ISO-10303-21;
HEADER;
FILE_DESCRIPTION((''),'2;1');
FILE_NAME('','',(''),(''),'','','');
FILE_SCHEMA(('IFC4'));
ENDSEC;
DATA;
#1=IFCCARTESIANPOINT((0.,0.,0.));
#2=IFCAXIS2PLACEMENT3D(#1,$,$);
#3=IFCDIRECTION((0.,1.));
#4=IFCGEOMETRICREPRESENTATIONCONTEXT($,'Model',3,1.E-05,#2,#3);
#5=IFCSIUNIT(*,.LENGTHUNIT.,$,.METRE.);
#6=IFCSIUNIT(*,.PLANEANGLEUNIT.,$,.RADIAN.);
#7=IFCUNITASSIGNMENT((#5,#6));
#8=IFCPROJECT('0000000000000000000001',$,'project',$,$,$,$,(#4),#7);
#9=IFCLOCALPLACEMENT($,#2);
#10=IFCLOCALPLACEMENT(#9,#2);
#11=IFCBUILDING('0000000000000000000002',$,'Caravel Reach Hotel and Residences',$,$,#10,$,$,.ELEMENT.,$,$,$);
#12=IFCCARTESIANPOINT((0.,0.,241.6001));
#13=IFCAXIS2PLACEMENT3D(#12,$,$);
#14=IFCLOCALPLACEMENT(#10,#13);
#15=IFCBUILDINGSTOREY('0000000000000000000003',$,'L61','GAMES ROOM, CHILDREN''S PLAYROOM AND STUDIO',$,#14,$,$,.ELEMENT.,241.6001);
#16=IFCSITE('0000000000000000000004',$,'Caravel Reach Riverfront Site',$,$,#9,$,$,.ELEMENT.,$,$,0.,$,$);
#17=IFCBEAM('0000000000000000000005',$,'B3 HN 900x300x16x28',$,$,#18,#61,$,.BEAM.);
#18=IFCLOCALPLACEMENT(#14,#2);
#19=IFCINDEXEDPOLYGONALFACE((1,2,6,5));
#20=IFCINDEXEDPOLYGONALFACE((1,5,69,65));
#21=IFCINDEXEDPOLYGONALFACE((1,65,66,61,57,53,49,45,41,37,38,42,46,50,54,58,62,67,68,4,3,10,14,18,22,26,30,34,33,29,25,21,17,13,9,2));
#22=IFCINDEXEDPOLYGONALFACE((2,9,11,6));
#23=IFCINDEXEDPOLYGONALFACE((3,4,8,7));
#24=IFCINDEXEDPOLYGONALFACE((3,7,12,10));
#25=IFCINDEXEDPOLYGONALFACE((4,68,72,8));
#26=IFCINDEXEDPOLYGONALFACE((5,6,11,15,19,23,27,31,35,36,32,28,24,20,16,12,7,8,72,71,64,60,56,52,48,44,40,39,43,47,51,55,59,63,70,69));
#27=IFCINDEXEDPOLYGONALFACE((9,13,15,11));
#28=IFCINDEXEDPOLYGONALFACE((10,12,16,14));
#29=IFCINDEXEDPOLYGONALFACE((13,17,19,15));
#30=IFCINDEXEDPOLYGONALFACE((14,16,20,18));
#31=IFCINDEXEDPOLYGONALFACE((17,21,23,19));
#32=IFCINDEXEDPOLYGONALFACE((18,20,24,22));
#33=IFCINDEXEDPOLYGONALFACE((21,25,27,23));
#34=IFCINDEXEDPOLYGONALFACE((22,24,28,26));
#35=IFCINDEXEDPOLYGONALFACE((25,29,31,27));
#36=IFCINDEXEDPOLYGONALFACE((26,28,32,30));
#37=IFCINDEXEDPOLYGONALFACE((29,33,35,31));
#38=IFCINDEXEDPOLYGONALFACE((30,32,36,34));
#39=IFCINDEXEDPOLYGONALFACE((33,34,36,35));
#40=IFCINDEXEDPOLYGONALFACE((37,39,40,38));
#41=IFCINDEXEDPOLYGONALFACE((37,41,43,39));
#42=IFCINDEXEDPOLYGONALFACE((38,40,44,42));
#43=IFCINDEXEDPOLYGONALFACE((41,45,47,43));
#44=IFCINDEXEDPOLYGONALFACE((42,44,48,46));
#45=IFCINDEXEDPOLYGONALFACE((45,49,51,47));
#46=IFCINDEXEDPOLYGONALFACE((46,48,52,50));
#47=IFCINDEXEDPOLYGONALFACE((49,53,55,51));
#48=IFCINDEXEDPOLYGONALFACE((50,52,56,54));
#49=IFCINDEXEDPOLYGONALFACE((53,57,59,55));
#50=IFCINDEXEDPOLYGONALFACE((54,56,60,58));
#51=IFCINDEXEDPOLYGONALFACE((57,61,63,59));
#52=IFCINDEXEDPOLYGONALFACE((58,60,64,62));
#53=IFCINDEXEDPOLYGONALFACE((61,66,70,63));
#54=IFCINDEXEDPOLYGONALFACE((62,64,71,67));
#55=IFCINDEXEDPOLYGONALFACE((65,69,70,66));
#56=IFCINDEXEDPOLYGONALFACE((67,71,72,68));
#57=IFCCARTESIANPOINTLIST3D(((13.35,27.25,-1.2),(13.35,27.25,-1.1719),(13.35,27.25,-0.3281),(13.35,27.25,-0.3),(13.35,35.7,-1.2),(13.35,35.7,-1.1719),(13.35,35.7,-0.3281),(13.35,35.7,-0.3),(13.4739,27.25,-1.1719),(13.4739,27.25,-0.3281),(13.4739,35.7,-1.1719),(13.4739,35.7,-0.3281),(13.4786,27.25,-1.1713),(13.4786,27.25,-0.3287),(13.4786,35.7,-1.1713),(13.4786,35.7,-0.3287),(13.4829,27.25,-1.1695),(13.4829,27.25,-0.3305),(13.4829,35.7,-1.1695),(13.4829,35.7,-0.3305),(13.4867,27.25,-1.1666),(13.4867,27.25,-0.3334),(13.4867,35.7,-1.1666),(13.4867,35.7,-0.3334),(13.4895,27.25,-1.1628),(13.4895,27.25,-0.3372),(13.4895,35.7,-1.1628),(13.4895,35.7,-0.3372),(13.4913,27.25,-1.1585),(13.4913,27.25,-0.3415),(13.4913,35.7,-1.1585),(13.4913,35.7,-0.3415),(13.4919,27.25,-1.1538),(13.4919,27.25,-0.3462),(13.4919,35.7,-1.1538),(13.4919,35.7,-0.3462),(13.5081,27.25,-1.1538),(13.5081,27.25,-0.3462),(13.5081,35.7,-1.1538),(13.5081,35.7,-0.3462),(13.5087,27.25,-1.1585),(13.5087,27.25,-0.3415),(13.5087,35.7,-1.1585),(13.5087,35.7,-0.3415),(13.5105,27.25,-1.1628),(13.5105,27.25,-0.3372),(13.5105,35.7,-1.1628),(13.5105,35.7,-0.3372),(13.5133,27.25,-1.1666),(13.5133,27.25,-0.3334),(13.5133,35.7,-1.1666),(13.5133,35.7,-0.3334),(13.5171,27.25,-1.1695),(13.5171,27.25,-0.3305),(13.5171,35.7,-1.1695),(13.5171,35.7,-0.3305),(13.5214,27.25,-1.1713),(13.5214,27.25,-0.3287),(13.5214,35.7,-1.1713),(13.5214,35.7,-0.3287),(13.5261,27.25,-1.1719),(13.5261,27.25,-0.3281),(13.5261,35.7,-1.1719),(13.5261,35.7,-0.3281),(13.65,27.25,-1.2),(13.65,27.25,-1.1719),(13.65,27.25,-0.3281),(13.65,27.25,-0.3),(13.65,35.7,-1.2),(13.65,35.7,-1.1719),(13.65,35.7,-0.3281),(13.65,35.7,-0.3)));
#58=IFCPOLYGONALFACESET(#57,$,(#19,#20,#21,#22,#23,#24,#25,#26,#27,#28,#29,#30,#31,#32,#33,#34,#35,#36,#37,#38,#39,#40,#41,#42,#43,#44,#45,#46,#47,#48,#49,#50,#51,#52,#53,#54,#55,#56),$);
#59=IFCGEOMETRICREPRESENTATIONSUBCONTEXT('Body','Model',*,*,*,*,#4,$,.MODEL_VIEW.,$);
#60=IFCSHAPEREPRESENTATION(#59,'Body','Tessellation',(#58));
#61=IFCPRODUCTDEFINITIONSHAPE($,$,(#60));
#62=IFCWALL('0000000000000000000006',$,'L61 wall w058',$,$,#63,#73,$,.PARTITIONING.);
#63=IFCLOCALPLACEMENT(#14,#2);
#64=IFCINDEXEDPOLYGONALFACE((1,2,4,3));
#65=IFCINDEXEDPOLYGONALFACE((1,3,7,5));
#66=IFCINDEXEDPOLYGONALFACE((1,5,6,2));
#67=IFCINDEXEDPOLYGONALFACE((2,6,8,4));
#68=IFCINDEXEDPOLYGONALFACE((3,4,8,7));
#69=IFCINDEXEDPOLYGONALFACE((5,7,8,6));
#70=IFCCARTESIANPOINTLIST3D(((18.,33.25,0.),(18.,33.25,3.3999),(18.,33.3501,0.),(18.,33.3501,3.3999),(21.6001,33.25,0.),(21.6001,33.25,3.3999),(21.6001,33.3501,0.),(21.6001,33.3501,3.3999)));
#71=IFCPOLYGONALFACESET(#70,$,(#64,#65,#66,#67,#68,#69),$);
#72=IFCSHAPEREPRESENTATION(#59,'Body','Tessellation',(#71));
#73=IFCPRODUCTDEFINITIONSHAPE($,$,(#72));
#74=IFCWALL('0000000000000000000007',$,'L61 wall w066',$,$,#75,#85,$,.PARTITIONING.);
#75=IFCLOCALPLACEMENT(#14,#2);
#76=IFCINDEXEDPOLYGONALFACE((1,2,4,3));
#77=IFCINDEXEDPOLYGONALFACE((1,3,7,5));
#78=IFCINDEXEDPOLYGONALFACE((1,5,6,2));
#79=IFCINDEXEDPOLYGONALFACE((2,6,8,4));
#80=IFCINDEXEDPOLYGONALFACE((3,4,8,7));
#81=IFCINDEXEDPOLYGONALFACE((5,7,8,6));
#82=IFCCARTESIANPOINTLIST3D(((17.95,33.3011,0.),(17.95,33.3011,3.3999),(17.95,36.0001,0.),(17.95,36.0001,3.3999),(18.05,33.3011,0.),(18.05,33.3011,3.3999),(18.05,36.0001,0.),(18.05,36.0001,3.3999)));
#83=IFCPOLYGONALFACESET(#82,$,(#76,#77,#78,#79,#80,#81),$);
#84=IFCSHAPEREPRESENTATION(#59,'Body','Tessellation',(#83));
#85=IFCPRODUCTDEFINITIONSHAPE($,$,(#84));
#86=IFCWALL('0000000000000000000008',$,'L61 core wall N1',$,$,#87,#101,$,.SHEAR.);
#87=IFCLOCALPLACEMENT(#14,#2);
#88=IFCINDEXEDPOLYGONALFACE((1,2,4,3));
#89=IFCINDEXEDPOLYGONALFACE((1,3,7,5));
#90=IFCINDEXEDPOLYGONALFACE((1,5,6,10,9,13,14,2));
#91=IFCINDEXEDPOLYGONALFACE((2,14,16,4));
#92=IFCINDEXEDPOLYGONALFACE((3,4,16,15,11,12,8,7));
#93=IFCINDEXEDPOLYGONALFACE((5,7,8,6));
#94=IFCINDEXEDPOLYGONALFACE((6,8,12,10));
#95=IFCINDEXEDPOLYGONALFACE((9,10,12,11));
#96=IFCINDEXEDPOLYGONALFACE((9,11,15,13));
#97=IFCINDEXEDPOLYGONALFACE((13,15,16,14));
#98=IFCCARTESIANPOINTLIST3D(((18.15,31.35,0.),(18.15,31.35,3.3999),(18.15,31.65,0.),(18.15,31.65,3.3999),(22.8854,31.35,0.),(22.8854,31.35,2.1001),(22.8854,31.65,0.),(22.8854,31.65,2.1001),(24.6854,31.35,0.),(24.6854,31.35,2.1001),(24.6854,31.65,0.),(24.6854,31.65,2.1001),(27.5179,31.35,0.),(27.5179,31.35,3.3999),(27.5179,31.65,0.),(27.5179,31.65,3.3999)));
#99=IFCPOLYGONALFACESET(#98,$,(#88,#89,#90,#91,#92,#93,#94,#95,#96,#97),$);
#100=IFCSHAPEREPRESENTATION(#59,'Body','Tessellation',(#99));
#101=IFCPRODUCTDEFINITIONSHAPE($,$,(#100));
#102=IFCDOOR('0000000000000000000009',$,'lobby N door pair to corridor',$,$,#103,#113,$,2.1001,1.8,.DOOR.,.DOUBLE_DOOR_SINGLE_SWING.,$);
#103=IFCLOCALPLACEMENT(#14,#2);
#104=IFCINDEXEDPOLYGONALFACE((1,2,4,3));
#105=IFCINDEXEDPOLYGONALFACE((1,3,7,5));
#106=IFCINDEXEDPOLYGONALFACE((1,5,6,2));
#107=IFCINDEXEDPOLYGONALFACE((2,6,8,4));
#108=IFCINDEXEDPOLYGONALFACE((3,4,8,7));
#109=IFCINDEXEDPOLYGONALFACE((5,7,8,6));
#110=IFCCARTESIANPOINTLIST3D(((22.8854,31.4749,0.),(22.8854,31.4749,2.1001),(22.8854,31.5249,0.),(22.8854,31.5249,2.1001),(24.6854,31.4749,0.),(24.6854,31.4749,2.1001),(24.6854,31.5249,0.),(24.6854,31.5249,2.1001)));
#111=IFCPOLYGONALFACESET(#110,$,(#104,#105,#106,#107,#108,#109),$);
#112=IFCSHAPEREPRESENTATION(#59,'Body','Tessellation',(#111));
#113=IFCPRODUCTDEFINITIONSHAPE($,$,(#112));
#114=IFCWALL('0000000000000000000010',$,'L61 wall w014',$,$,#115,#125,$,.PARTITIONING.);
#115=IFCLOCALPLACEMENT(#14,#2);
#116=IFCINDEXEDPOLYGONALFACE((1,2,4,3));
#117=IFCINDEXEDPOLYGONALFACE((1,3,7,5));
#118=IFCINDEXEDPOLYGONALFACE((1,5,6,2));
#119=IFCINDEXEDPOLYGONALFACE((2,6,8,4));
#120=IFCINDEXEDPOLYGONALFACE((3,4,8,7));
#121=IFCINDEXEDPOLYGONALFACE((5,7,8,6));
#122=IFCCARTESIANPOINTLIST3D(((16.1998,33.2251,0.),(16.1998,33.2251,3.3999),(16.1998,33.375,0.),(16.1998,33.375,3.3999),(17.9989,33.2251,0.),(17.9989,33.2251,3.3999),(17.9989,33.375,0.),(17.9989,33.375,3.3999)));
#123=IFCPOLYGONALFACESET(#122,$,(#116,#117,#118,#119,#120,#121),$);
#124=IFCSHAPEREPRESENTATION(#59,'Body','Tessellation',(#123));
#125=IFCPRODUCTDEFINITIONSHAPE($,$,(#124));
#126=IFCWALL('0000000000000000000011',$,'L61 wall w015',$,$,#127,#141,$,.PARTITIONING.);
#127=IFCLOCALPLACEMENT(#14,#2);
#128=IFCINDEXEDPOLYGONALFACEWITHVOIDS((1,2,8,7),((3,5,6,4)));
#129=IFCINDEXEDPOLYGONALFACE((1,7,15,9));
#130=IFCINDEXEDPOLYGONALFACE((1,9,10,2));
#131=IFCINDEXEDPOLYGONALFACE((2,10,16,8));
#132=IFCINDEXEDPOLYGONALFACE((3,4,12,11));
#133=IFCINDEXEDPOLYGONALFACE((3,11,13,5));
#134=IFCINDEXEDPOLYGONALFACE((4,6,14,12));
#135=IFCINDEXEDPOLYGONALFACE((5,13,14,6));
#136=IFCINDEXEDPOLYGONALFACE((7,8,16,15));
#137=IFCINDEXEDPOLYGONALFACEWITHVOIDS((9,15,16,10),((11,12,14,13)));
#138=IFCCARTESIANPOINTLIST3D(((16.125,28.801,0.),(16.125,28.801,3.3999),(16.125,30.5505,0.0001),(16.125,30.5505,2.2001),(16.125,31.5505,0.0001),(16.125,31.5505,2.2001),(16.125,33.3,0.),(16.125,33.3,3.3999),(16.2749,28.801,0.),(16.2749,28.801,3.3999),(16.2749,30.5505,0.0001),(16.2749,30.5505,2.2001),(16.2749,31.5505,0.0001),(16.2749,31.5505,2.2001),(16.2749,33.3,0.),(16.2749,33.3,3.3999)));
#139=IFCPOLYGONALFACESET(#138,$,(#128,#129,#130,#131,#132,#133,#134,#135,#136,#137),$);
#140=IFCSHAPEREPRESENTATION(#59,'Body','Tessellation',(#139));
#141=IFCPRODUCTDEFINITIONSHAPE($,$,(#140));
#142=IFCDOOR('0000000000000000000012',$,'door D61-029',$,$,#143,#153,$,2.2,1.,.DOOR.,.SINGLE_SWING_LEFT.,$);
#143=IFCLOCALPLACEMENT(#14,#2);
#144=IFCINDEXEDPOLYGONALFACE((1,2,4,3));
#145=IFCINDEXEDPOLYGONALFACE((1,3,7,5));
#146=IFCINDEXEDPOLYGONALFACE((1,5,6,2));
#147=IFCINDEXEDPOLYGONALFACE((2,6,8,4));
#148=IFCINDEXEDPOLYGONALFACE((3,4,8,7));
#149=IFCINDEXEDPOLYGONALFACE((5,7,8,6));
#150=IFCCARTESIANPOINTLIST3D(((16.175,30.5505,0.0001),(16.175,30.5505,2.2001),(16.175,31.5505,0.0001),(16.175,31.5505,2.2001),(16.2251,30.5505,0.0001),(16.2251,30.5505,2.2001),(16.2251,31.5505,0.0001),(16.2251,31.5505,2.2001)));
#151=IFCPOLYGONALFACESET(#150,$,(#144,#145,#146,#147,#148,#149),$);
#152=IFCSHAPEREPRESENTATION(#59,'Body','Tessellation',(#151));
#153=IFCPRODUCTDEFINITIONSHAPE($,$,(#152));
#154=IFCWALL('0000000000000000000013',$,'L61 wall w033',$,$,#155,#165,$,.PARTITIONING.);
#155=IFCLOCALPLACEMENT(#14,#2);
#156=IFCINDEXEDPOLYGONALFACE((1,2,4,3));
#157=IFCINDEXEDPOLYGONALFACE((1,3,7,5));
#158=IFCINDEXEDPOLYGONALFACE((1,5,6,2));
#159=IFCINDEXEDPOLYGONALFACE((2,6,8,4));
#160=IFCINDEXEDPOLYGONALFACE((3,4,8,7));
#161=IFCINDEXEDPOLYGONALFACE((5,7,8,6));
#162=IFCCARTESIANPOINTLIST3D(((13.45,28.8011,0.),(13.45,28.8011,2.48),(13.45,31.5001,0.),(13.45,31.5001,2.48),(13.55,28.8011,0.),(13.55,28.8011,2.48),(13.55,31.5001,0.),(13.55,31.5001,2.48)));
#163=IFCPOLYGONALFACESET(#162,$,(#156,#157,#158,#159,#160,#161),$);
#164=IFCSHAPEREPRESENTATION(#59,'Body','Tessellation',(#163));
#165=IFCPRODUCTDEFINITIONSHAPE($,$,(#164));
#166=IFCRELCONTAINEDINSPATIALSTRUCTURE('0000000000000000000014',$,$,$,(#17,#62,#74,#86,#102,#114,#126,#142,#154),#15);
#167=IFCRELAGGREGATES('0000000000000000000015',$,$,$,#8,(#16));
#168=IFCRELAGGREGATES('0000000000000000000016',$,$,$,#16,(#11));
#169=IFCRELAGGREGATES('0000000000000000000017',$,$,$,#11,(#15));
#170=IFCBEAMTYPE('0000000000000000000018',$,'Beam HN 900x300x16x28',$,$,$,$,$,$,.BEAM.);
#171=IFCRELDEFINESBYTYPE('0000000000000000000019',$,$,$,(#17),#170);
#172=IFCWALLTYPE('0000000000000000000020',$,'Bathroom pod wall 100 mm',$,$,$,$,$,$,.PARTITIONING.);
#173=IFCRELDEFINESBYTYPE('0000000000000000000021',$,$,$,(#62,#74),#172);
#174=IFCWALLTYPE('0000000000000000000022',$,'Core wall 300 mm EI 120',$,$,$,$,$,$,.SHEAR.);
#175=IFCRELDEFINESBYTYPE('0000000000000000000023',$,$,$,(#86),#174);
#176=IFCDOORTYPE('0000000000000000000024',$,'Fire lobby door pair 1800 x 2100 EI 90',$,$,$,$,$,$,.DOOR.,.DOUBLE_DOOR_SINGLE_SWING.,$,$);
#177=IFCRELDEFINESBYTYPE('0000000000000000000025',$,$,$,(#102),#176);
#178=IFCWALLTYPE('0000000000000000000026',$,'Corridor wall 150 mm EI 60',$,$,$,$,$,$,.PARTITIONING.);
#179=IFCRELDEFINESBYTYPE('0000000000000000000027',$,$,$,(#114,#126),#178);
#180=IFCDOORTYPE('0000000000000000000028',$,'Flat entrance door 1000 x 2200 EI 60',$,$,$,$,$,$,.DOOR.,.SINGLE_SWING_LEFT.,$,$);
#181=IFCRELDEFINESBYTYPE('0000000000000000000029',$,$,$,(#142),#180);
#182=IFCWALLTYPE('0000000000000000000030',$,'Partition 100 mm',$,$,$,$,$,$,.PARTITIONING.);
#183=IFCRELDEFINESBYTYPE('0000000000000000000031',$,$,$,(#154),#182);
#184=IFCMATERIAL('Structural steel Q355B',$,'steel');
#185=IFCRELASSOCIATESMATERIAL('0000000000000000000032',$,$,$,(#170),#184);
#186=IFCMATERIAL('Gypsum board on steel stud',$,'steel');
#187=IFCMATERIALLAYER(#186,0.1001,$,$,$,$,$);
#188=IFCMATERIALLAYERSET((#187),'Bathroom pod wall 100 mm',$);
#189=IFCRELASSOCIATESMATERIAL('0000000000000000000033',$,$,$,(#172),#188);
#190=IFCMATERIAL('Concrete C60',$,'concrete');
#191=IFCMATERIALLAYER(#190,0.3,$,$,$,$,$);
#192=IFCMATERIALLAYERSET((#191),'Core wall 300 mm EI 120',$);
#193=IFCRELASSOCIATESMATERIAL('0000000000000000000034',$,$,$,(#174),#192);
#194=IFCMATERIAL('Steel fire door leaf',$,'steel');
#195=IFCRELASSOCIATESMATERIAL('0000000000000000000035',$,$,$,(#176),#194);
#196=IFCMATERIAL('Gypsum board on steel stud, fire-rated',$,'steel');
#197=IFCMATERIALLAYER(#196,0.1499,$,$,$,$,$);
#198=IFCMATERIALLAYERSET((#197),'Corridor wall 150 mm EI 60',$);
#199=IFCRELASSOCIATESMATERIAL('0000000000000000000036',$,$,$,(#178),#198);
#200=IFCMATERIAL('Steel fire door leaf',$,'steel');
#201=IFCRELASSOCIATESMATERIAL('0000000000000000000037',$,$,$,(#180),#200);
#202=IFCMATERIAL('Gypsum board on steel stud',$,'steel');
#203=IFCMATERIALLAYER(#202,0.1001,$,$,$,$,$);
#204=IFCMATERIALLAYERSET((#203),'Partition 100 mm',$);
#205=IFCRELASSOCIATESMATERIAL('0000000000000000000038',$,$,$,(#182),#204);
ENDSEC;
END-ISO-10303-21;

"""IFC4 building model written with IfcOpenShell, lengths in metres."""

from ifc_helpers import new_model, si_unit, direction, frame, frame_2d, origin, origin_2d, place, context, subcontext, project, spatial, rectangle, i_section, extrude, material, layer, layer_set, material_profile, profile_set, type_object, element, fill, save


model = new_model("IFC4")

# Units and contexts
model_context = context("Model", 3, precision=1e-05, world=origin(), true_north=direction((0.0, 1.0)))
body_context = subcontext(model_context, "Body", "Model", "MODEL_VIEW")
ifc_project = project(units=[si_unit("LENGTHUNIT", "METRE"), si_unit("PLANEANGLEUNIT", "RADIAN")], contexts=[model_context])

# Site, building, storey
site_placement = place(None, origin())
site = spatial("IfcSite", under=ifc_project, at=site_placement, Name="Caravel Reach Riverfront Site", CompositionType="ELEMENT", RefElevation=0.0)
building_placement = place(site_placement, origin())
building = spatial("IfcBuilding", under=site, at=building_placement, Name="Caravel Reach Hotel and Residences", CompositionType="ELEMENT")
storey_placement = place(building_placement, frame((0.0, 0.0, 241.6001)))
storey = spatial("IfcBuildingStorey", under=building, at=storey_placement, Name="L61", Description="GAMES ROOM, CHILDREN'S PLAYROOM AND STUDIO", CompositionType="ELEMENT", Elevation=241.6001)

# Beam
ifc_material_1 = material(Name="Structural steel Q355B", Category="steel")
ifc_material_profile_1 = material_profile(ifc_material_1, i_section(OverallWidth=0.3, OverallDepth=0.8999, WebThickness=0.0161, FlangeThickness=0.0281, FilletRadius=0.0181, at=origin_2d()), Name="HN 900x300x16x28")
ifc_profile_set_1 = profile_set([ifc_material_profile_1], Name="Structural steel Q355B")
beam_type_1 = type_object("IfcBeamType", Name="Beam HN 900x300x16x28", PredefinedType="BEAM", material=ifc_profile_set_1)
beam_1_placement = place(storey_placement, frame((13.5, 27.25, -0.75), z_axis=(0.0, 1.0, 0.0), x_axis=(-1.0, 0.0, 0.0)))
element("IfcBeam", 1, at=beam_1_placement, inside=storey, type_object=beam_type_1, Name="B3 HN 900x300x16x28", PredefinedType="BEAM", context=body_context, shape_type="SweptSolid", body=[
    extrude(i_section(OverallWidth=0.3, OverallDepth=0.8999, WebThickness=0.0161, FlangeThickness=0.0281, FilletRadius=0.0181, at=origin_2d()), origin(), (0.0, 0.0, 1.0), 8.45),
])

# Walls
ifc_material_2 = material(Name="Gypsum board on steel stud", Category="steel")
ifc_layer_1 = layer(ifc_material_2, 0.1001)
ifc_layer_set_1 = layer_set([ifc_layer_1], Name="Bathroom pod wall 100 mm")
wall_type_1 = type_object("IfcWallType", Name="Bathroom pod wall 100 mm", PredefinedType="PARTITIONING", material=ifc_layer_set_1)
wall_1_placement = place(storey_placement, frame((18.0, 33.3, 0.0), z_axis=(0.0, 0.0, 1.0), x_axis=(1.0, 0.0, 0.0)))
element("IfcWall", 2, at=wall_1_placement, inside=storey, type_object=wall_type_1, Name="L61 wall w058", PredefinedType="PARTITIONING", context=body_context, shape_type="SweptSolid", body=[
    extrude(rectangle(XDim=3.6001, YDim=0.1001, at=frame_2d((1.8, 0.0))), origin(), (0.0, 0.0, 1.0), 3.3999),
])
wall_2_placement = place(storey_placement, frame((18.0, 33.301, 0.0), z_axis=(0.0, 0.0, 1.0), x_axis=(0.0, 1.0, 0.0)))
element("IfcWall", 3, at=wall_2_placement, inside=storey, type_object=wall_type_1, Name="L61 wall w066", PredefinedType="PARTITIONING", context=body_context, shape_type="SweptSolid", body=[
    extrude(rectangle(XDim=2.699, YDim=0.1001, at=frame_2d((1.3496, 0.0))), origin(), (0.0, 0.0, 1.0), 3.3999),
])

# Wall, opening, door
ifc_material_3 = material(Name="Concrete C60", Category="concrete")
ifc_layer_2 = layer(ifc_material_3, 0.3)
ifc_layer_set_2 = layer_set([ifc_layer_2], Name="Core wall 300 mm EI 120")
wall_type_2 = type_object("IfcWallType", Name="Core wall 300 mm EI 120", PredefinedType="SHEAR", material=ifc_layer_set_2)
wall_3_placement = place(storey_placement, frame((18.1499, 31.5, 0.0), z_axis=(0.0, 0.0, 1.0), x_axis=(1.0, 0.0, 0.0)))
wall_3 = element("IfcWall", 4, at=wall_3_placement, inside=storey, type_object=wall_type_2, Name="L61 core wall N1", PredefinedType="SHEAR", context=body_context, shape_type="SweptSolid", body=[
    extrude(rectangle(XDim=9.3679, YDim=0.3, at=frame_2d((4.6841, 0.0))), origin(), (0.0, 0.0, 1.0), 3.3999),
])
opening_1_placement = place(wall_3_placement, frame((4.7356, 0.0, 0.0)))
opening_1 = element("IfcOpeningElement", 5, at=opening_1_placement, cuts=wall_3, PredefinedType="OPENING", context=body_context, shape_type="SweptSolid", body=[
    extrude(rectangle(XDim=1.8, YDim=2.1001, at=frame_2d((0.8999, 1.05))), frame((0.0, 0.1599, 0.0), z_axis=(0.0, -1.0, 0.0), x_axis=(1.0, 0.0, 0.0)), (0.0, 0.0, 1.0), 0.3201),
])
ifc_material_4 = material(Name="Steel fire door leaf", Category="steel")
door_type_1 = type_object("IfcDoorType", Name="Fire lobby door pair 1800 x 2100 EI 90", OperationType="DOUBLE_DOOR_SINGLE_SWING", PredefinedType="DOOR", material=ifc_material_4)
door_1_placement = place(opening_1_placement, origin())
door_1 = element("IfcDoor", 6, at=door_1_placement, inside=storey, type_object=door_type_1, Name="lobby N door pair to corridor", OperationType="DOUBLE_DOOR_SINGLE_SWING", OverallHeight=2.1001, OverallWidth=1.8, PredefinedType="DOOR", context=body_context, shape_type="SweptSolid", body=[
    extrude(rectangle(XDim=1.8, YDim=2.1001, at=frame_2d((0.8999, 1.05))), frame((0.0, 0.0249, 0.0), z_axis=(0.0, -1.0, 0.0), x_axis=(1.0, 0.0, 0.0)), (0.0, 0.0, 1.0), 0.05),
])
fill(opening_1, door_1)

# Wall
ifc_material_5 = material(Name="Gypsum board on steel stud, fire-rated", Category="steel")
ifc_layer_3 = layer(ifc_material_5, 0.1499)
ifc_layer_set_3 = layer_set([ifc_layer_3], Name="Corridor wall 150 mm EI 60")
wall_type_3 = type_object("IfcWallType", Name="Corridor wall 150 mm EI 60", PredefinedType="PARTITIONING", material=ifc_layer_set_3)
wall_4_placement = place(storey_placement, frame((16.2, 33.3, 0.0), z_axis=(0.0, 0.0, 1.0), x_axis=(1.0, 0.0, 0.0)))
element("IfcWall", 7, at=wall_4_placement, inside=storey, type_object=wall_type_3, Name="L61 wall w014", PredefinedType="PARTITIONING", context=body_context, shape_type="SweptSolid", body=[
    extrude(rectangle(XDim=1.7991, YDim=0.1499, at=frame_2d((0.8994, 0.0))), origin(), (0.0, 0.0, 1.0), 3.3999),
])

# Wall, opening, door
wall_5_placement = place(storey_placement, frame((16.2, 28.801, 0.0), z_axis=(0.0, 0.0, 1.0), x_axis=(0.0, 1.0, 0.0)))
wall_5 = element("IfcWall", 8, at=wall_5_placement, inside=storey, type_object=wall_type_3, Name="L61 wall w015", PredefinedType="PARTITIONING", context=body_context, shape_type="SweptSolid", body=[
    extrude(rectangle(XDim=4.499, YDim=0.1499, at=frame_2d((2.2495, 0.0))), origin(), (0.0, 0.0, 1.0), 3.3999),
])
opening_2_placement = place(wall_5_placement, frame((1.7495, 0.0, 0.0)))
opening_2 = element("IfcOpeningElement", 9, at=opening_2_placement, cuts=wall_5, PredefinedType="OPENING", context=body_context, shape_type="SweptSolid", body=[
    extrude(rectangle(XDim=1.0, YDim=2.2, at=frame_2d((0.5, 1.1001))), frame((0.0, 0.085, 0.0), z_axis=(0.0, -1.0, 0.0), x_axis=(1.0, 0.0, 0.0)), (0.0, 0.0, 1.0), 0.1699),
])
ifc_material_6 = material(Name="Steel fire door leaf", Category="steel")
door_type_2 = type_object("IfcDoorType", Name="Flat entrance door 1000 x 2200 EI 60", OperationType="SINGLE_SWING_LEFT", PredefinedType="DOOR", material=ifc_material_6)
door_2_placement = place(opening_2_placement, origin())
door_2 = element("IfcDoor", 10, at=door_2_placement, inside=storey, type_object=door_type_2, Name="door D61-029", OperationType="SINGLE_SWING_LEFT", OverallHeight=2.2, OverallWidth=1.0, PredefinedType="DOOR", context=body_context, shape_type="SweptSolid", body=[
    extrude(rectangle(XDim=1.0, YDim=2.2, at=frame_2d((0.5, 1.1001))), frame((0.0, 0.0249, 0.0), z_axis=(0.0, -1.0, 0.0), x_axis=(1.0, 0.0, 0.0)), (0.0, 0.0, 1.0), 0.05),
])
fill(opening_2, door_2)

# Wall
ifc_material_7 = material(Name="Gypsum board on steel stud", Category="steel")
ifc_layer_4 = layer(ifc_material_7, 0.1001)
ifc_layer_set_4 = layer_set([ifc_layer_4], Name="Partition 100 mm")
wall_type_4 = type_object("IfcWallType", Name="Partition 100 mm", PredefinedType="PARTITIONING", material=ifc_layer_set_4)
wall_6_placement = place(storey_placement, frame((13.5, 28.801, 0.0), z_axis=(0.0, 0.0, 1.0), x_axis=(0.0, 1.0, 0.0)))
element("IfcWall", 11, at=wall_6_placement, inside=storey, type_object=wall_type_4, Name="L61 wall w033", PredefinedType="PARTITIONING", context=body_context, shape_type="SweptSolid", body=[
    extrude(rectangle(XDim=2.699, YDim=0.1001, at=frame_2d((1.3496, 0.0))), origin(), (0.0, 0.0, 1.0), 2.48),
])

save(model, "model.ifc")
